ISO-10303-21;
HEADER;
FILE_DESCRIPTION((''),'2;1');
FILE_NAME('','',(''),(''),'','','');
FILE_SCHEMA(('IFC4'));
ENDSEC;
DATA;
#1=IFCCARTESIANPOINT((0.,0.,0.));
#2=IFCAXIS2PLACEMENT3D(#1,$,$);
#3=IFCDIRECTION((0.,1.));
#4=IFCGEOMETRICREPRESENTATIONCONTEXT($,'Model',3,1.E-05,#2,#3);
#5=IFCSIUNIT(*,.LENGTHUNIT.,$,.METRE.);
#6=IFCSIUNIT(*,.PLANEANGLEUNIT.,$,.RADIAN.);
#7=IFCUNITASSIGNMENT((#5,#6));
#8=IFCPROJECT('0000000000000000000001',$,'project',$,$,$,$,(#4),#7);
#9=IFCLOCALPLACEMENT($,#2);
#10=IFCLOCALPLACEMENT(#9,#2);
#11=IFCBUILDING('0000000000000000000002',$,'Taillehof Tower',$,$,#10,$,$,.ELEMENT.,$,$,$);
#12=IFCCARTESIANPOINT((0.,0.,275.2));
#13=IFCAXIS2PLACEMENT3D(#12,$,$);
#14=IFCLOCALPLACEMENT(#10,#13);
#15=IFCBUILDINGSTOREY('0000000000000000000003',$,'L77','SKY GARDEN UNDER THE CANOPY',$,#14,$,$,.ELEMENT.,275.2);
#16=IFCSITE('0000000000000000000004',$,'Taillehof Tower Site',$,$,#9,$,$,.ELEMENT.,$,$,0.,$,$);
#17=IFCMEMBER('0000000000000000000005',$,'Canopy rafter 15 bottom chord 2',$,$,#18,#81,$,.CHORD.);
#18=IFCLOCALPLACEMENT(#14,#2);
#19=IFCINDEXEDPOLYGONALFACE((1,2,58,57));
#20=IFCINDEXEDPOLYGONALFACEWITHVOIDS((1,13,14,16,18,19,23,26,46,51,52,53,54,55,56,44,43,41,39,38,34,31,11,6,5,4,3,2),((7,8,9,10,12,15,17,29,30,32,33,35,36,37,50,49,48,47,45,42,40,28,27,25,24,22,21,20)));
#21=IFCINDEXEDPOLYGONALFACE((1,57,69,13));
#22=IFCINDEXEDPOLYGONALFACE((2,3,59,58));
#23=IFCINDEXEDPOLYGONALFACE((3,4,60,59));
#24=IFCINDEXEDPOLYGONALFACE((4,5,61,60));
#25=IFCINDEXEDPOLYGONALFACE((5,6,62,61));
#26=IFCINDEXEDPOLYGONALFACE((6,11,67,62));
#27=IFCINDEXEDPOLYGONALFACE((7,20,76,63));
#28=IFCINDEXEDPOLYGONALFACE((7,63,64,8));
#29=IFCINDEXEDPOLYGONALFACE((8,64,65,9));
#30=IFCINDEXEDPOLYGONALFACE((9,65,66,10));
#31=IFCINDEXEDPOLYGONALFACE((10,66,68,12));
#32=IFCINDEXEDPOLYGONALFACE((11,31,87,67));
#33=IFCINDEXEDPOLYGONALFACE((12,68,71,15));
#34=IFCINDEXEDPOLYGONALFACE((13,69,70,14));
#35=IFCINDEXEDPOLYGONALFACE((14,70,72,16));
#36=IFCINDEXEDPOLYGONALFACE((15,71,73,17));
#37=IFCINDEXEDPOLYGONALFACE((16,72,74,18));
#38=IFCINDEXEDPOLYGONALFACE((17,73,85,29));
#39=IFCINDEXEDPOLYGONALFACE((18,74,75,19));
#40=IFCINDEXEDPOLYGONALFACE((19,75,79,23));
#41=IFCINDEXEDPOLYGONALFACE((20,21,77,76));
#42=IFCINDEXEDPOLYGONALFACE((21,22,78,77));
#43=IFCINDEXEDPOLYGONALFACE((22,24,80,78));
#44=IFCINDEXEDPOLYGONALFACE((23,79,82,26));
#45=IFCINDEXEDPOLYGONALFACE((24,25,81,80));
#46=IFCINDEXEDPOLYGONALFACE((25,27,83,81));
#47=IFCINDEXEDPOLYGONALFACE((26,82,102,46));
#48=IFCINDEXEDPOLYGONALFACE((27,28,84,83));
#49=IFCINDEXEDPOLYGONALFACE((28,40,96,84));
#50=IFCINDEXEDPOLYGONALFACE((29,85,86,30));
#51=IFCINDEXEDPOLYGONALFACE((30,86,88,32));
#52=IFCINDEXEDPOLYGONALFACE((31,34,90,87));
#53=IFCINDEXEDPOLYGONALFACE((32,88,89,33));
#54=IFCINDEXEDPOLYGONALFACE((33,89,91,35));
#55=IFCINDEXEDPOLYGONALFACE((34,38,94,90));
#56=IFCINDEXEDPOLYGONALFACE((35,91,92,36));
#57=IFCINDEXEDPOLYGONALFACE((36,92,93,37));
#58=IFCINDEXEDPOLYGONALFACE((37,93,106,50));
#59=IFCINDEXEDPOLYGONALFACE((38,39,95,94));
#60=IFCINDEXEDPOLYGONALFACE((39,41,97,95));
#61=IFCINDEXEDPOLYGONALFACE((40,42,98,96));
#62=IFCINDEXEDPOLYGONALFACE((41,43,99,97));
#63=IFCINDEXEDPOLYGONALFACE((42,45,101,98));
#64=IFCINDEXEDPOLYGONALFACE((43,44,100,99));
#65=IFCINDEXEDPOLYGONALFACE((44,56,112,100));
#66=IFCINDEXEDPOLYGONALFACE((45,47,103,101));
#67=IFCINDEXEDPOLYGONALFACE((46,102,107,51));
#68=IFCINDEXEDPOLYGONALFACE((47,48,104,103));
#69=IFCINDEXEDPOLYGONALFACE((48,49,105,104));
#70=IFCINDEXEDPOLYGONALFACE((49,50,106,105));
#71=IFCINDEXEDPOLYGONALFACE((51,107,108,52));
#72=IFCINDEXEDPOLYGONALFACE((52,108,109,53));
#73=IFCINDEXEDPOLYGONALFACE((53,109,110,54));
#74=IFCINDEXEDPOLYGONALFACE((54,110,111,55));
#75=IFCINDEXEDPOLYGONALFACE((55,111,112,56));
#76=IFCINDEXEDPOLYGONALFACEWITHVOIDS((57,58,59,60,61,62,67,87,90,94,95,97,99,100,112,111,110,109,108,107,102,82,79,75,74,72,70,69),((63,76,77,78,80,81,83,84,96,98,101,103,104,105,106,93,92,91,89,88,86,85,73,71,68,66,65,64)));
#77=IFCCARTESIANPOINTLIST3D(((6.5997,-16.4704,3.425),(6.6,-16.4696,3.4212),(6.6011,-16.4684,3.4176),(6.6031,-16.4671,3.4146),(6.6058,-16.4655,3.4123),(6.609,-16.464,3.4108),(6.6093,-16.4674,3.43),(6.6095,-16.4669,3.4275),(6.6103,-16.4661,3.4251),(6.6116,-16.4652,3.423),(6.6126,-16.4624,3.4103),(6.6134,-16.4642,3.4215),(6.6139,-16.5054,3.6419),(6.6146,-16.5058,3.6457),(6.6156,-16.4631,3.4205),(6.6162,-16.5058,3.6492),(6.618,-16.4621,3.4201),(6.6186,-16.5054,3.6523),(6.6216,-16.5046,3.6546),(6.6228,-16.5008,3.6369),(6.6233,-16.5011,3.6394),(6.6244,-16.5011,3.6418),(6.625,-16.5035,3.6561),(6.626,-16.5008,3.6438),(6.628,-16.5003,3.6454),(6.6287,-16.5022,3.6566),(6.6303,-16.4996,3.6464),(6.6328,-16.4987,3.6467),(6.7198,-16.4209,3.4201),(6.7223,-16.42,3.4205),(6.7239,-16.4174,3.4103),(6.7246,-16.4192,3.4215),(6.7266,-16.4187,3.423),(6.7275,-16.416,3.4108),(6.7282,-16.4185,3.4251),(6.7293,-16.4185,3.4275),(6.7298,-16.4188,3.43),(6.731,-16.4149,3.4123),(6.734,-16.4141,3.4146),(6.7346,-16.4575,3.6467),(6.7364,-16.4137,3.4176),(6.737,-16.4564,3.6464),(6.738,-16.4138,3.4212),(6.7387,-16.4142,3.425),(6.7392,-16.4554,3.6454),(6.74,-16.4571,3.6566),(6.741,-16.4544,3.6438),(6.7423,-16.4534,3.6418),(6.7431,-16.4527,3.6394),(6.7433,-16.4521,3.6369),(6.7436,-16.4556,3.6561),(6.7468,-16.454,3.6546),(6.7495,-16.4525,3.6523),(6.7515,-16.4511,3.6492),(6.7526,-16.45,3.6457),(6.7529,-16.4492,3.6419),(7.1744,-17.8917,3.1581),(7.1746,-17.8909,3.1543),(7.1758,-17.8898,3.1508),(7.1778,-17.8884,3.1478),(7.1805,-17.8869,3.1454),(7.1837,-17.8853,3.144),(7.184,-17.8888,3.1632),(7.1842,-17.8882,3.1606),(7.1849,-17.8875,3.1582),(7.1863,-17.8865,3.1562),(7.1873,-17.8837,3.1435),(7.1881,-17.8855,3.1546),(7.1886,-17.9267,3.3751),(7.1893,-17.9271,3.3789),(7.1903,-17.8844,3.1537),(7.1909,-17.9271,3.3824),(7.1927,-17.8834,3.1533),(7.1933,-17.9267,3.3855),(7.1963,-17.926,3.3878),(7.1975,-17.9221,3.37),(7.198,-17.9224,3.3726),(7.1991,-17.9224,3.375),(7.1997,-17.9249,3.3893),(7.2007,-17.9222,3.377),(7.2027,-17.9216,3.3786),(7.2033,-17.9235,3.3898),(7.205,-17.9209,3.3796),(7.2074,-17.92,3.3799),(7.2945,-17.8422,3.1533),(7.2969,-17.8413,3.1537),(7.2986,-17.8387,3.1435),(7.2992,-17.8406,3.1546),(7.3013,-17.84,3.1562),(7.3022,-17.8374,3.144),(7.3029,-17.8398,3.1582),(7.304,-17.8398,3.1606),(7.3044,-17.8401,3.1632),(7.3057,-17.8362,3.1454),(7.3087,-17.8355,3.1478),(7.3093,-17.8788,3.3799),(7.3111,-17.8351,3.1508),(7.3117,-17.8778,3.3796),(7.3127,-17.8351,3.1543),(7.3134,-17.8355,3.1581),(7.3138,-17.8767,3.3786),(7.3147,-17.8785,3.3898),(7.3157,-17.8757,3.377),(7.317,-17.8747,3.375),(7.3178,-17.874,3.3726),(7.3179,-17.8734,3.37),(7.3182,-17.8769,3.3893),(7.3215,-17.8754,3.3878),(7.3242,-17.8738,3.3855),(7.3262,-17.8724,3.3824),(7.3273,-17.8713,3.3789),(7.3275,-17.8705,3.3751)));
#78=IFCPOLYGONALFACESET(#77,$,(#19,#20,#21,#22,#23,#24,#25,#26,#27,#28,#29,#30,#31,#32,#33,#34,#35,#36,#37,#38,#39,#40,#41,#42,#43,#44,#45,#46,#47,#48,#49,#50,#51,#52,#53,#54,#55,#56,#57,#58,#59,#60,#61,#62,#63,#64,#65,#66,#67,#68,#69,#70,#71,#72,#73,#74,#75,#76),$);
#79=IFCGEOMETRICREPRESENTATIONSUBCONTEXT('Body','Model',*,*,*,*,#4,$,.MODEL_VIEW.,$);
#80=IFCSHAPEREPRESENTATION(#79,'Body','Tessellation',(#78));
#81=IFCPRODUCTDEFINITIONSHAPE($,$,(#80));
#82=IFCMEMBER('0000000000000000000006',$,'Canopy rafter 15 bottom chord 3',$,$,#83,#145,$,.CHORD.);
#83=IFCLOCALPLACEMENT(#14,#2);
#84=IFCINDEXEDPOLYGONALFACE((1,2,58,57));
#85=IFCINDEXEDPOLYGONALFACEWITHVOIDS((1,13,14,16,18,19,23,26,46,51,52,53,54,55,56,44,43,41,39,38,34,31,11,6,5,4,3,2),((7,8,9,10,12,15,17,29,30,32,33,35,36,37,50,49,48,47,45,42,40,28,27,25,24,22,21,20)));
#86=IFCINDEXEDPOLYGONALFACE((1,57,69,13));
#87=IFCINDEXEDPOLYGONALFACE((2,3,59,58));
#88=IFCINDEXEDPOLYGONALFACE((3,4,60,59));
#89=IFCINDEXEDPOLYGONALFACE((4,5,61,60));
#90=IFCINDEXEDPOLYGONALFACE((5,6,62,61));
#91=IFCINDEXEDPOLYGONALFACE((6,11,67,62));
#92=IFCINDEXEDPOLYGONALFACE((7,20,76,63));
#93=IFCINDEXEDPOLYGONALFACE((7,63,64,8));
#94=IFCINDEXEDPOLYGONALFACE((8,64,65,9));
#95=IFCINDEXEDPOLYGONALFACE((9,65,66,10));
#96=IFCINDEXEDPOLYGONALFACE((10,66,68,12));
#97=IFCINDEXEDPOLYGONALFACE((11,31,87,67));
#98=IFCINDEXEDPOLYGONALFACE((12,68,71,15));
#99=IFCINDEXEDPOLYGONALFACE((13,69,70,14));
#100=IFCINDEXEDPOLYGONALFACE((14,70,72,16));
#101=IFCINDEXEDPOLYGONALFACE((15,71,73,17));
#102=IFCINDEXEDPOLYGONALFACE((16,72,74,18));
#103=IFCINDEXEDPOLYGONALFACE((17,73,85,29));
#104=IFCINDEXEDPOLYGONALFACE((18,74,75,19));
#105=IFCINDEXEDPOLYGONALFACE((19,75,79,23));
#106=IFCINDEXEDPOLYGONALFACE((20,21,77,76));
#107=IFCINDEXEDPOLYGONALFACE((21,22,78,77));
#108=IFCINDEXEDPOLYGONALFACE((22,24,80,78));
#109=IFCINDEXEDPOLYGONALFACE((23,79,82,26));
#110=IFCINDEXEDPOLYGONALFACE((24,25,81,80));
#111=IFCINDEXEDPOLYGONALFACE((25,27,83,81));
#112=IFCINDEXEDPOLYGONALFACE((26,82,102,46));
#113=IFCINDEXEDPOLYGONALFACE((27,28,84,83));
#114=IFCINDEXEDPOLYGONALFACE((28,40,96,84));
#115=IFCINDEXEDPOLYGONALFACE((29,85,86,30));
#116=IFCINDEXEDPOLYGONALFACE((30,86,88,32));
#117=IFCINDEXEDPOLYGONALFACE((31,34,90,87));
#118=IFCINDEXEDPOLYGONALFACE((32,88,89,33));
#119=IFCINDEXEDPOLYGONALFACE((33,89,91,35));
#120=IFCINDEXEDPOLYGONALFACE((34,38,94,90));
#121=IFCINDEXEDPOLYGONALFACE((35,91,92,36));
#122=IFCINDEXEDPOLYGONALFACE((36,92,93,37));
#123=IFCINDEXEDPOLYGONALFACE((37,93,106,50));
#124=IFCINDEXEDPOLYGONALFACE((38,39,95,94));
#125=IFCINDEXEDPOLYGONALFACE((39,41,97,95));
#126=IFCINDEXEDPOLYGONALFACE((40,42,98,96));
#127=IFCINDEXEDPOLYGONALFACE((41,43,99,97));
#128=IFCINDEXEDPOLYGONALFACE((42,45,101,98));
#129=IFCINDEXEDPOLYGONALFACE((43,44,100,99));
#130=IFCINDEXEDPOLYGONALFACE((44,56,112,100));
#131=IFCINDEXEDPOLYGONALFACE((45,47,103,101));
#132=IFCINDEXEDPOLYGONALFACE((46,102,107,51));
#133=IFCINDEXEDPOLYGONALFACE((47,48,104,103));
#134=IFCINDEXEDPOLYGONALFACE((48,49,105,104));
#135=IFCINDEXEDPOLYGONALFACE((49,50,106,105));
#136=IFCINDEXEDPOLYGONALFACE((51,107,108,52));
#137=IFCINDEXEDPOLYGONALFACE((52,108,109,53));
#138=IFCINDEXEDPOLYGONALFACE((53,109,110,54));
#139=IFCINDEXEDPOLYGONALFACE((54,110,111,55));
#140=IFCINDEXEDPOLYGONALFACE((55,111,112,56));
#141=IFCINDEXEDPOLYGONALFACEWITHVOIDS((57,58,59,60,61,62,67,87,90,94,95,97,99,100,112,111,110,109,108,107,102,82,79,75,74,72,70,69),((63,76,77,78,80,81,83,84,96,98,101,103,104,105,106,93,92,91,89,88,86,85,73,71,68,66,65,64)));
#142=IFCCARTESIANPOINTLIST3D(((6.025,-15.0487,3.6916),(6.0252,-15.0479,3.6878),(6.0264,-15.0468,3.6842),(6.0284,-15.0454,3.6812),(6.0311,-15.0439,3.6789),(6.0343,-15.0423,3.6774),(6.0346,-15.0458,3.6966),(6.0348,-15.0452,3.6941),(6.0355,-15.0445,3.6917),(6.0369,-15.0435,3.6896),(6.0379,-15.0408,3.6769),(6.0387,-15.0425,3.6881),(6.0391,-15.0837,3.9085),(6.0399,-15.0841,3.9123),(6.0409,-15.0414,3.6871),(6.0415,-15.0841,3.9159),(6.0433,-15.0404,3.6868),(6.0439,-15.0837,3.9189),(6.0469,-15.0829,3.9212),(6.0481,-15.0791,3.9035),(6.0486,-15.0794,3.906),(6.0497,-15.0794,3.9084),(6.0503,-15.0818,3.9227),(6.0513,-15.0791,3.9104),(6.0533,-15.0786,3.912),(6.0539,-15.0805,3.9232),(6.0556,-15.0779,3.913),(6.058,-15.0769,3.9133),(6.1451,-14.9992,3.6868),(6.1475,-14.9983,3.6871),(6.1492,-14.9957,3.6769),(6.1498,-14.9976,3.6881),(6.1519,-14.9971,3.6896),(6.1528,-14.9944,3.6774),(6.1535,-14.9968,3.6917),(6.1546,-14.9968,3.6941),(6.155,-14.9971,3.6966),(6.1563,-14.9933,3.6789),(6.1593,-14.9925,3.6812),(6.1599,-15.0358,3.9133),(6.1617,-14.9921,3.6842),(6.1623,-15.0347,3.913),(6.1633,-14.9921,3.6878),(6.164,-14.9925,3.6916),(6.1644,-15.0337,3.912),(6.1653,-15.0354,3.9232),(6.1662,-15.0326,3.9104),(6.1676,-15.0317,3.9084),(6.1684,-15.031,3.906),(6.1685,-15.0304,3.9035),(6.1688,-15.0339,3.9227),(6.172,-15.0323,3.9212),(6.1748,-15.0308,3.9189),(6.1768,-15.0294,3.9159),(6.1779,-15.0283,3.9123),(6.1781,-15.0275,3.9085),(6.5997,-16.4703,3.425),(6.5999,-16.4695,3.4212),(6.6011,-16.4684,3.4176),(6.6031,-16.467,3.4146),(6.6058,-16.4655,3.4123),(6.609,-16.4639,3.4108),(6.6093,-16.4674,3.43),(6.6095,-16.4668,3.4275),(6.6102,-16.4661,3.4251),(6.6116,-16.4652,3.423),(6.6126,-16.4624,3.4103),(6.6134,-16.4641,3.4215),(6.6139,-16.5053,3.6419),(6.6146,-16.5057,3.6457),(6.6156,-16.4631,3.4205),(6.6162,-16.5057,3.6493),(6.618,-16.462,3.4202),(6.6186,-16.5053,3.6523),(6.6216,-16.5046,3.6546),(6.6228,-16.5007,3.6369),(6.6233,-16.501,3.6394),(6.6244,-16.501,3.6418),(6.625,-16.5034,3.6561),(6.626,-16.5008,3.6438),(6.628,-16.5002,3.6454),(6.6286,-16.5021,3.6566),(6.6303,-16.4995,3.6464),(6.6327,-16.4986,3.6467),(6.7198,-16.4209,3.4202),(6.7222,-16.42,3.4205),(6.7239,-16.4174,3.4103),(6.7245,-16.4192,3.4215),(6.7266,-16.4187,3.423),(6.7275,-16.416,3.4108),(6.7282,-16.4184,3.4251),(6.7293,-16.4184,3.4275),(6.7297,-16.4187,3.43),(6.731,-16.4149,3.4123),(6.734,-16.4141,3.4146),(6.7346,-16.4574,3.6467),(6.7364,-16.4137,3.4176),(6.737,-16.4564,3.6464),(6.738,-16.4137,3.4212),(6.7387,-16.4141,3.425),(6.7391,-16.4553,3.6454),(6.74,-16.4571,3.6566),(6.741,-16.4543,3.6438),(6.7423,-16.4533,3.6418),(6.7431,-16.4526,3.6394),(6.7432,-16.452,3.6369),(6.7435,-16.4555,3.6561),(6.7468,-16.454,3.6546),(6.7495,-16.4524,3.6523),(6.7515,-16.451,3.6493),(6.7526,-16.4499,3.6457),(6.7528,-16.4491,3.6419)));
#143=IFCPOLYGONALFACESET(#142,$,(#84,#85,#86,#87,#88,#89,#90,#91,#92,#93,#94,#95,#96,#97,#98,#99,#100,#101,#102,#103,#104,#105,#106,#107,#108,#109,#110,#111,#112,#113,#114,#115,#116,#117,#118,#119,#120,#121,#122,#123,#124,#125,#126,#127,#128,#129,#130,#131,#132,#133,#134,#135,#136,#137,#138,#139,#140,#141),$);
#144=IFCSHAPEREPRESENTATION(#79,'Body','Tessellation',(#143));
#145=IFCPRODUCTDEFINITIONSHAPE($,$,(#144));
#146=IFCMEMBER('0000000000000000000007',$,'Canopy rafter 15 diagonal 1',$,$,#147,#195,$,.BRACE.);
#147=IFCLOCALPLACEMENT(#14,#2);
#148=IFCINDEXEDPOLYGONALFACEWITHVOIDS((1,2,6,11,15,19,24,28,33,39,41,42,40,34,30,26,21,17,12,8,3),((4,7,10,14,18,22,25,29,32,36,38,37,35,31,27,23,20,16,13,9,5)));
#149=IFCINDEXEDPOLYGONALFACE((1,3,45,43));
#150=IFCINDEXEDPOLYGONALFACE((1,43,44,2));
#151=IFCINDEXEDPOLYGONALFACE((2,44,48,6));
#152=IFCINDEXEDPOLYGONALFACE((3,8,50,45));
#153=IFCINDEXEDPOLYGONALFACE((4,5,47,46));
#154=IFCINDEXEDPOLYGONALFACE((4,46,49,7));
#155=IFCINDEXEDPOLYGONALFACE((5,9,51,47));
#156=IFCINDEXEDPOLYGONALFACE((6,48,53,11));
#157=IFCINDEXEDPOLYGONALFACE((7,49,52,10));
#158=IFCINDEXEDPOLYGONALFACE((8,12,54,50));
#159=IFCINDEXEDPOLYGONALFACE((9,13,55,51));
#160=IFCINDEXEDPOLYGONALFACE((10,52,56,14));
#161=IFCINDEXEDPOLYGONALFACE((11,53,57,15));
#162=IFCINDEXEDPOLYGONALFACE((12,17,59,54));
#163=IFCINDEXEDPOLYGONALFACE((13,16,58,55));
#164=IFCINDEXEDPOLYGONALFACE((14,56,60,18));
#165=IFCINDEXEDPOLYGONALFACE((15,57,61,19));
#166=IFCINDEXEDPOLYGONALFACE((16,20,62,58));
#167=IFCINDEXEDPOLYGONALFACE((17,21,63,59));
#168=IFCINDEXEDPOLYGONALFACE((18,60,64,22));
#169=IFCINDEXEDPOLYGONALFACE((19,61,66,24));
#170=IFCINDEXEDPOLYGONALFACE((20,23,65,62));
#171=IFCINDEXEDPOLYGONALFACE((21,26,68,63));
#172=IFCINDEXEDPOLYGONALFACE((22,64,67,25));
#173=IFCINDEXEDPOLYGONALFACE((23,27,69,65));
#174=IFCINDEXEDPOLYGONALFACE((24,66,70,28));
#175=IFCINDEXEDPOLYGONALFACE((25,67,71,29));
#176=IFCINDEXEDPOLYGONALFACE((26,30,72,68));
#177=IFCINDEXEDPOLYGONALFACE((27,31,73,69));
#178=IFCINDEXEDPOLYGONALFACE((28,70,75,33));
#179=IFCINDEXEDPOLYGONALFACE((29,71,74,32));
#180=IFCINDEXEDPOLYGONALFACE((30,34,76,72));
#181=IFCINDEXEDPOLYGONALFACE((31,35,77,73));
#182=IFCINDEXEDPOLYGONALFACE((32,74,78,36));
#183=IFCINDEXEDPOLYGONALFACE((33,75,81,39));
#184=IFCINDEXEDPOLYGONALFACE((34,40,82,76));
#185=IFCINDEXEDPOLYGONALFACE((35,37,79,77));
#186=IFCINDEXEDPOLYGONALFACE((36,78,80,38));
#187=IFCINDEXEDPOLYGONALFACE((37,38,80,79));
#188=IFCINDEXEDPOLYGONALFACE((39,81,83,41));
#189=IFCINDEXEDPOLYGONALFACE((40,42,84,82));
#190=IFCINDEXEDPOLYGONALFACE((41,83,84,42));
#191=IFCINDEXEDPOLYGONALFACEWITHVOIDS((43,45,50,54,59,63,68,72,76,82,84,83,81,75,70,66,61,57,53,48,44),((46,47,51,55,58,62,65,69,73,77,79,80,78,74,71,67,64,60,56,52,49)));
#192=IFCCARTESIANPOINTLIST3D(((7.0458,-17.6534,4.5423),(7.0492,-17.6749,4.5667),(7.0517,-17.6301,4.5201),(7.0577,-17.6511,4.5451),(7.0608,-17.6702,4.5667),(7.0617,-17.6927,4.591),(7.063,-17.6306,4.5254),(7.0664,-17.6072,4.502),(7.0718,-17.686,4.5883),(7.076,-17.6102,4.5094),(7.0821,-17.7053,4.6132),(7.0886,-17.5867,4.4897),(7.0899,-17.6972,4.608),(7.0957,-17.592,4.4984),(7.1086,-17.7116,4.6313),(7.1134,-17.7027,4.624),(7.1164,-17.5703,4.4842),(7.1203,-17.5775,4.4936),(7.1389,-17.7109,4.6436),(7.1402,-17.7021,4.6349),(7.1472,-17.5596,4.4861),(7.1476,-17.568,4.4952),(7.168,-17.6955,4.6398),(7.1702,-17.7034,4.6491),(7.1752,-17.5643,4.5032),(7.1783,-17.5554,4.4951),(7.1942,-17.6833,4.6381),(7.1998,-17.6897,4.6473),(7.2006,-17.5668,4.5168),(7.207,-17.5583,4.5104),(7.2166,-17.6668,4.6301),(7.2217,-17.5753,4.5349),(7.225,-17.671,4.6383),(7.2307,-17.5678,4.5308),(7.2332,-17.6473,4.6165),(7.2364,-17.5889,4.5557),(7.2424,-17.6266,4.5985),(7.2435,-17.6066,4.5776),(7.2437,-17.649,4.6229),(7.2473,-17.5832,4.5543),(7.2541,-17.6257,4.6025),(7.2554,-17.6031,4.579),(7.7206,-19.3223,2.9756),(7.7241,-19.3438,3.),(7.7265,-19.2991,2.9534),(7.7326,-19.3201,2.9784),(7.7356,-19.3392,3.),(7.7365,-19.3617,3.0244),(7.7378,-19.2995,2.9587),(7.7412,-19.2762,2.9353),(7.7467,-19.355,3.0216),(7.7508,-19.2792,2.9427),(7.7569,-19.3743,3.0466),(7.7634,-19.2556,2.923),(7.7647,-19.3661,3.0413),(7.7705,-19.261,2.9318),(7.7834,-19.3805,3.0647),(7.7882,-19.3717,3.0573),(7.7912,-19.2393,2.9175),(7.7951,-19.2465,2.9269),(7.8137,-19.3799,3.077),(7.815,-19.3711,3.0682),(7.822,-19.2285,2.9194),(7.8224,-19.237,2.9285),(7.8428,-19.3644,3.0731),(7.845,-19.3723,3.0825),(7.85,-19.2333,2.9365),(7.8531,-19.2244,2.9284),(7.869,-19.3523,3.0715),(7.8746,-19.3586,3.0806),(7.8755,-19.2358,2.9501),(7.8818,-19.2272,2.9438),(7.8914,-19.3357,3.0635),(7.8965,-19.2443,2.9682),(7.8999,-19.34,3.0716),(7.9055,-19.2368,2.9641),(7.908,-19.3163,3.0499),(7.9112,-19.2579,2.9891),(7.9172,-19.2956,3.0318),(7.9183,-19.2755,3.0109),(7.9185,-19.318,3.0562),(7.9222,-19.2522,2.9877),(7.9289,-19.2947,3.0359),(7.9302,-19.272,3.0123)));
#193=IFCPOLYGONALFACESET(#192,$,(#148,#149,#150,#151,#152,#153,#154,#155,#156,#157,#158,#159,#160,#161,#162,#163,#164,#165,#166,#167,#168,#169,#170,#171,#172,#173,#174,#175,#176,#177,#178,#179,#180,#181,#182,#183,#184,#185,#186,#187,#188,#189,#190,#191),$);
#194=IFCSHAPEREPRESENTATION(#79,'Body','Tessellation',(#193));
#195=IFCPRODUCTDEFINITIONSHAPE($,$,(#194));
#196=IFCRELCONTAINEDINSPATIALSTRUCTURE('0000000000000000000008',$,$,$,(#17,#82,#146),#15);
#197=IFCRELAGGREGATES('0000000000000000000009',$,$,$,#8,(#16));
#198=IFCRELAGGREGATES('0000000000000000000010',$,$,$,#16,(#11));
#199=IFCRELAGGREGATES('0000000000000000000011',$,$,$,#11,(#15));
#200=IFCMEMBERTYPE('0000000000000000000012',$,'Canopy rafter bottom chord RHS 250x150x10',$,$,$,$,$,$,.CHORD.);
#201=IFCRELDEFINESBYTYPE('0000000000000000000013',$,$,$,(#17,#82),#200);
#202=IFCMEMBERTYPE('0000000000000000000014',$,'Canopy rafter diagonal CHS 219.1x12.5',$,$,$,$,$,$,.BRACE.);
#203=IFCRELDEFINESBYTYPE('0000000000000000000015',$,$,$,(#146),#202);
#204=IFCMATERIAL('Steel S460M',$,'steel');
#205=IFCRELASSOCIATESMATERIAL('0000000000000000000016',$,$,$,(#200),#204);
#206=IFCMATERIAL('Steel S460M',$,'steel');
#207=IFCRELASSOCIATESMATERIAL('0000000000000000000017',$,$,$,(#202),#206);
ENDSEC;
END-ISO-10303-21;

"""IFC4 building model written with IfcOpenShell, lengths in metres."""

from ifc_helpers import new_model, si_unit, direction, frame, origin, origin_2d, place, context, subcontext, project, spatial, hollow_rectangle, hollow_circle, extrude, material, material_profile, profile_set, type_object, element, save


model = new_model("IFC4")

# Units and contexts
model_context = context("Model", 3, precision=1e-05, world=origin(), true_north=direction((0.0, 1.0)))
body_context = subcontext(model_context, "Body", "Model", "MODEL_VIEW")
ifc_project = project(units=[si_unit("LENGTHUNIT", "METRE"), si_unit("PLANEANGLEUNIT", "RADIAN")], contexts=[model_context])

# Site, building, storey
site_placement = place(None, origin())
site = spatial("IfcSite", under=ifc_project, at=site_placement, Name="Taillehof Tower Site", CompositionType="ELEMENT", RefElevation=0.0)
building_placement = place(site_placement, origin())
building = spatial("IfcBuilding", under=site, at=building_placement, Name="Taillehof Tower", CompositionType="ELEMENT")
storey_placement = place(building_placement, frame((0.0, 0.0, 275.2)))
storey = spatial("IfcBuildingStorey", under=building, at=storey_placement, Name="L77", Description="SKY GARDEN UNDER THE CANOPY", CompositionType="ELEMENT", Elevation=275.2)

# Members
ifc_material_1 = material(Name="Steel S460M", Category="steel")
ifc_material_profile_1 = material_profile(ifc_material_1, hollow_rectangle(XDim=0.1499, YDim=0.25, WallThickness=0.01, InnerFilletRadius=0.01, OuterFilletRadius=0.0149, at=origin_2d()), Name="RHS 250x150x10")
ifc_profile_set_1 = profile_set([ifc_material_profile_1], Name="Steel S460M")
member_type_1 = type_object("IfcMemberType", Name="Canopy rafter bottom chord RHS 250x150x10", PredefinedType="CHORD", material=ifc_profile_set_1)
member_1_placement = place(storey_placement, frame((7.251, -17.8811, 3.2666), z_axis=(-0.369296, 0.913356, 0.17147), x_axis=(-0.927087, -0.374847, 0.0)))
element("IfcMember", 1, at=member_1_placement, inside=storey, type_object=member_type_1, Name="Canopy rafter 15 bottom chord 2", PredefinedType="CHORD", context=body_context, shape_type="SweptSolid", body=[
    extrude(hollow_rectangle(XDim=0.1499, YDim=0.25, WallThickness=0.01, InnerFilletRadius=0.01, OuterFilletRadius=0.0149, at=origin_2d()), origin(), (0.0, 0.0, 1.0), 1.5562),
])
member_2_placement = place(storey_placement, frame((6.6763, -16.4597, 3.5334), z_axis=(-0.369253, 0.913406, 0.171293), x_axis=(-0.927109, -0.374792, 0.0)))
element("IfcMember", 2, at=member_2_placement, inside=storey, type_object=member_type_1, Name="Canopy rafter 15 bottom chord 3", PredefinedType="CHORD", context=body_context, shape_type="SweptSolid", body=[
    extrude(hollow_rectangle(XDim=0.1499, YDim=0.25, WallThickness=0.01, InnerFilletRadius=0.01, OuterFilletRadius=0.0149, at=origin_2d()), origin(), (0.0, 0.0, 1.0), 1.5564),
])
ifc_material_2 = material(Name="Steel S460M", Category="steel")
ifc_material_profile_2 = material_profile(ifc_material_2, hollow_circle(Radius=0.1096, WallThickness=0.0125, at=origin_2d()), Name="CHS 219.1x12.5")
ifc_profile_set_2 = profile_set([ifc_material_profile_2], Name="Steel S460M")
member_type_2 = type_object("IfcMemberType", Name="Canopy rafter diagonal CHS 219.1x12.5", PredefinedType="BRACE", material=ifc_profile_set_2)
member_3_placement = place(storey_placement, frame((7.8257, -19.3027, 3.0), z_axis=(-0.282765, 0.699343, 0.656478), x_axis=(-0.927086, -0.374849, 0.0)))
element("IfcMember", 3, at=member_3_placement, inside=storey, type_object=member_type_2, Name="Canopy rafter 15 diagonal 1", PredefinedType="BRACE", context=body_context, shape_type="SweptSolid", body=[
    extrude(hollow_circle(Radius=0.1096, WallThickness=0.0125, at=origin_2d()), origin(), (0.0, 0.0, 1.0), 2.3865),
])

save(model, "model.ifc")
